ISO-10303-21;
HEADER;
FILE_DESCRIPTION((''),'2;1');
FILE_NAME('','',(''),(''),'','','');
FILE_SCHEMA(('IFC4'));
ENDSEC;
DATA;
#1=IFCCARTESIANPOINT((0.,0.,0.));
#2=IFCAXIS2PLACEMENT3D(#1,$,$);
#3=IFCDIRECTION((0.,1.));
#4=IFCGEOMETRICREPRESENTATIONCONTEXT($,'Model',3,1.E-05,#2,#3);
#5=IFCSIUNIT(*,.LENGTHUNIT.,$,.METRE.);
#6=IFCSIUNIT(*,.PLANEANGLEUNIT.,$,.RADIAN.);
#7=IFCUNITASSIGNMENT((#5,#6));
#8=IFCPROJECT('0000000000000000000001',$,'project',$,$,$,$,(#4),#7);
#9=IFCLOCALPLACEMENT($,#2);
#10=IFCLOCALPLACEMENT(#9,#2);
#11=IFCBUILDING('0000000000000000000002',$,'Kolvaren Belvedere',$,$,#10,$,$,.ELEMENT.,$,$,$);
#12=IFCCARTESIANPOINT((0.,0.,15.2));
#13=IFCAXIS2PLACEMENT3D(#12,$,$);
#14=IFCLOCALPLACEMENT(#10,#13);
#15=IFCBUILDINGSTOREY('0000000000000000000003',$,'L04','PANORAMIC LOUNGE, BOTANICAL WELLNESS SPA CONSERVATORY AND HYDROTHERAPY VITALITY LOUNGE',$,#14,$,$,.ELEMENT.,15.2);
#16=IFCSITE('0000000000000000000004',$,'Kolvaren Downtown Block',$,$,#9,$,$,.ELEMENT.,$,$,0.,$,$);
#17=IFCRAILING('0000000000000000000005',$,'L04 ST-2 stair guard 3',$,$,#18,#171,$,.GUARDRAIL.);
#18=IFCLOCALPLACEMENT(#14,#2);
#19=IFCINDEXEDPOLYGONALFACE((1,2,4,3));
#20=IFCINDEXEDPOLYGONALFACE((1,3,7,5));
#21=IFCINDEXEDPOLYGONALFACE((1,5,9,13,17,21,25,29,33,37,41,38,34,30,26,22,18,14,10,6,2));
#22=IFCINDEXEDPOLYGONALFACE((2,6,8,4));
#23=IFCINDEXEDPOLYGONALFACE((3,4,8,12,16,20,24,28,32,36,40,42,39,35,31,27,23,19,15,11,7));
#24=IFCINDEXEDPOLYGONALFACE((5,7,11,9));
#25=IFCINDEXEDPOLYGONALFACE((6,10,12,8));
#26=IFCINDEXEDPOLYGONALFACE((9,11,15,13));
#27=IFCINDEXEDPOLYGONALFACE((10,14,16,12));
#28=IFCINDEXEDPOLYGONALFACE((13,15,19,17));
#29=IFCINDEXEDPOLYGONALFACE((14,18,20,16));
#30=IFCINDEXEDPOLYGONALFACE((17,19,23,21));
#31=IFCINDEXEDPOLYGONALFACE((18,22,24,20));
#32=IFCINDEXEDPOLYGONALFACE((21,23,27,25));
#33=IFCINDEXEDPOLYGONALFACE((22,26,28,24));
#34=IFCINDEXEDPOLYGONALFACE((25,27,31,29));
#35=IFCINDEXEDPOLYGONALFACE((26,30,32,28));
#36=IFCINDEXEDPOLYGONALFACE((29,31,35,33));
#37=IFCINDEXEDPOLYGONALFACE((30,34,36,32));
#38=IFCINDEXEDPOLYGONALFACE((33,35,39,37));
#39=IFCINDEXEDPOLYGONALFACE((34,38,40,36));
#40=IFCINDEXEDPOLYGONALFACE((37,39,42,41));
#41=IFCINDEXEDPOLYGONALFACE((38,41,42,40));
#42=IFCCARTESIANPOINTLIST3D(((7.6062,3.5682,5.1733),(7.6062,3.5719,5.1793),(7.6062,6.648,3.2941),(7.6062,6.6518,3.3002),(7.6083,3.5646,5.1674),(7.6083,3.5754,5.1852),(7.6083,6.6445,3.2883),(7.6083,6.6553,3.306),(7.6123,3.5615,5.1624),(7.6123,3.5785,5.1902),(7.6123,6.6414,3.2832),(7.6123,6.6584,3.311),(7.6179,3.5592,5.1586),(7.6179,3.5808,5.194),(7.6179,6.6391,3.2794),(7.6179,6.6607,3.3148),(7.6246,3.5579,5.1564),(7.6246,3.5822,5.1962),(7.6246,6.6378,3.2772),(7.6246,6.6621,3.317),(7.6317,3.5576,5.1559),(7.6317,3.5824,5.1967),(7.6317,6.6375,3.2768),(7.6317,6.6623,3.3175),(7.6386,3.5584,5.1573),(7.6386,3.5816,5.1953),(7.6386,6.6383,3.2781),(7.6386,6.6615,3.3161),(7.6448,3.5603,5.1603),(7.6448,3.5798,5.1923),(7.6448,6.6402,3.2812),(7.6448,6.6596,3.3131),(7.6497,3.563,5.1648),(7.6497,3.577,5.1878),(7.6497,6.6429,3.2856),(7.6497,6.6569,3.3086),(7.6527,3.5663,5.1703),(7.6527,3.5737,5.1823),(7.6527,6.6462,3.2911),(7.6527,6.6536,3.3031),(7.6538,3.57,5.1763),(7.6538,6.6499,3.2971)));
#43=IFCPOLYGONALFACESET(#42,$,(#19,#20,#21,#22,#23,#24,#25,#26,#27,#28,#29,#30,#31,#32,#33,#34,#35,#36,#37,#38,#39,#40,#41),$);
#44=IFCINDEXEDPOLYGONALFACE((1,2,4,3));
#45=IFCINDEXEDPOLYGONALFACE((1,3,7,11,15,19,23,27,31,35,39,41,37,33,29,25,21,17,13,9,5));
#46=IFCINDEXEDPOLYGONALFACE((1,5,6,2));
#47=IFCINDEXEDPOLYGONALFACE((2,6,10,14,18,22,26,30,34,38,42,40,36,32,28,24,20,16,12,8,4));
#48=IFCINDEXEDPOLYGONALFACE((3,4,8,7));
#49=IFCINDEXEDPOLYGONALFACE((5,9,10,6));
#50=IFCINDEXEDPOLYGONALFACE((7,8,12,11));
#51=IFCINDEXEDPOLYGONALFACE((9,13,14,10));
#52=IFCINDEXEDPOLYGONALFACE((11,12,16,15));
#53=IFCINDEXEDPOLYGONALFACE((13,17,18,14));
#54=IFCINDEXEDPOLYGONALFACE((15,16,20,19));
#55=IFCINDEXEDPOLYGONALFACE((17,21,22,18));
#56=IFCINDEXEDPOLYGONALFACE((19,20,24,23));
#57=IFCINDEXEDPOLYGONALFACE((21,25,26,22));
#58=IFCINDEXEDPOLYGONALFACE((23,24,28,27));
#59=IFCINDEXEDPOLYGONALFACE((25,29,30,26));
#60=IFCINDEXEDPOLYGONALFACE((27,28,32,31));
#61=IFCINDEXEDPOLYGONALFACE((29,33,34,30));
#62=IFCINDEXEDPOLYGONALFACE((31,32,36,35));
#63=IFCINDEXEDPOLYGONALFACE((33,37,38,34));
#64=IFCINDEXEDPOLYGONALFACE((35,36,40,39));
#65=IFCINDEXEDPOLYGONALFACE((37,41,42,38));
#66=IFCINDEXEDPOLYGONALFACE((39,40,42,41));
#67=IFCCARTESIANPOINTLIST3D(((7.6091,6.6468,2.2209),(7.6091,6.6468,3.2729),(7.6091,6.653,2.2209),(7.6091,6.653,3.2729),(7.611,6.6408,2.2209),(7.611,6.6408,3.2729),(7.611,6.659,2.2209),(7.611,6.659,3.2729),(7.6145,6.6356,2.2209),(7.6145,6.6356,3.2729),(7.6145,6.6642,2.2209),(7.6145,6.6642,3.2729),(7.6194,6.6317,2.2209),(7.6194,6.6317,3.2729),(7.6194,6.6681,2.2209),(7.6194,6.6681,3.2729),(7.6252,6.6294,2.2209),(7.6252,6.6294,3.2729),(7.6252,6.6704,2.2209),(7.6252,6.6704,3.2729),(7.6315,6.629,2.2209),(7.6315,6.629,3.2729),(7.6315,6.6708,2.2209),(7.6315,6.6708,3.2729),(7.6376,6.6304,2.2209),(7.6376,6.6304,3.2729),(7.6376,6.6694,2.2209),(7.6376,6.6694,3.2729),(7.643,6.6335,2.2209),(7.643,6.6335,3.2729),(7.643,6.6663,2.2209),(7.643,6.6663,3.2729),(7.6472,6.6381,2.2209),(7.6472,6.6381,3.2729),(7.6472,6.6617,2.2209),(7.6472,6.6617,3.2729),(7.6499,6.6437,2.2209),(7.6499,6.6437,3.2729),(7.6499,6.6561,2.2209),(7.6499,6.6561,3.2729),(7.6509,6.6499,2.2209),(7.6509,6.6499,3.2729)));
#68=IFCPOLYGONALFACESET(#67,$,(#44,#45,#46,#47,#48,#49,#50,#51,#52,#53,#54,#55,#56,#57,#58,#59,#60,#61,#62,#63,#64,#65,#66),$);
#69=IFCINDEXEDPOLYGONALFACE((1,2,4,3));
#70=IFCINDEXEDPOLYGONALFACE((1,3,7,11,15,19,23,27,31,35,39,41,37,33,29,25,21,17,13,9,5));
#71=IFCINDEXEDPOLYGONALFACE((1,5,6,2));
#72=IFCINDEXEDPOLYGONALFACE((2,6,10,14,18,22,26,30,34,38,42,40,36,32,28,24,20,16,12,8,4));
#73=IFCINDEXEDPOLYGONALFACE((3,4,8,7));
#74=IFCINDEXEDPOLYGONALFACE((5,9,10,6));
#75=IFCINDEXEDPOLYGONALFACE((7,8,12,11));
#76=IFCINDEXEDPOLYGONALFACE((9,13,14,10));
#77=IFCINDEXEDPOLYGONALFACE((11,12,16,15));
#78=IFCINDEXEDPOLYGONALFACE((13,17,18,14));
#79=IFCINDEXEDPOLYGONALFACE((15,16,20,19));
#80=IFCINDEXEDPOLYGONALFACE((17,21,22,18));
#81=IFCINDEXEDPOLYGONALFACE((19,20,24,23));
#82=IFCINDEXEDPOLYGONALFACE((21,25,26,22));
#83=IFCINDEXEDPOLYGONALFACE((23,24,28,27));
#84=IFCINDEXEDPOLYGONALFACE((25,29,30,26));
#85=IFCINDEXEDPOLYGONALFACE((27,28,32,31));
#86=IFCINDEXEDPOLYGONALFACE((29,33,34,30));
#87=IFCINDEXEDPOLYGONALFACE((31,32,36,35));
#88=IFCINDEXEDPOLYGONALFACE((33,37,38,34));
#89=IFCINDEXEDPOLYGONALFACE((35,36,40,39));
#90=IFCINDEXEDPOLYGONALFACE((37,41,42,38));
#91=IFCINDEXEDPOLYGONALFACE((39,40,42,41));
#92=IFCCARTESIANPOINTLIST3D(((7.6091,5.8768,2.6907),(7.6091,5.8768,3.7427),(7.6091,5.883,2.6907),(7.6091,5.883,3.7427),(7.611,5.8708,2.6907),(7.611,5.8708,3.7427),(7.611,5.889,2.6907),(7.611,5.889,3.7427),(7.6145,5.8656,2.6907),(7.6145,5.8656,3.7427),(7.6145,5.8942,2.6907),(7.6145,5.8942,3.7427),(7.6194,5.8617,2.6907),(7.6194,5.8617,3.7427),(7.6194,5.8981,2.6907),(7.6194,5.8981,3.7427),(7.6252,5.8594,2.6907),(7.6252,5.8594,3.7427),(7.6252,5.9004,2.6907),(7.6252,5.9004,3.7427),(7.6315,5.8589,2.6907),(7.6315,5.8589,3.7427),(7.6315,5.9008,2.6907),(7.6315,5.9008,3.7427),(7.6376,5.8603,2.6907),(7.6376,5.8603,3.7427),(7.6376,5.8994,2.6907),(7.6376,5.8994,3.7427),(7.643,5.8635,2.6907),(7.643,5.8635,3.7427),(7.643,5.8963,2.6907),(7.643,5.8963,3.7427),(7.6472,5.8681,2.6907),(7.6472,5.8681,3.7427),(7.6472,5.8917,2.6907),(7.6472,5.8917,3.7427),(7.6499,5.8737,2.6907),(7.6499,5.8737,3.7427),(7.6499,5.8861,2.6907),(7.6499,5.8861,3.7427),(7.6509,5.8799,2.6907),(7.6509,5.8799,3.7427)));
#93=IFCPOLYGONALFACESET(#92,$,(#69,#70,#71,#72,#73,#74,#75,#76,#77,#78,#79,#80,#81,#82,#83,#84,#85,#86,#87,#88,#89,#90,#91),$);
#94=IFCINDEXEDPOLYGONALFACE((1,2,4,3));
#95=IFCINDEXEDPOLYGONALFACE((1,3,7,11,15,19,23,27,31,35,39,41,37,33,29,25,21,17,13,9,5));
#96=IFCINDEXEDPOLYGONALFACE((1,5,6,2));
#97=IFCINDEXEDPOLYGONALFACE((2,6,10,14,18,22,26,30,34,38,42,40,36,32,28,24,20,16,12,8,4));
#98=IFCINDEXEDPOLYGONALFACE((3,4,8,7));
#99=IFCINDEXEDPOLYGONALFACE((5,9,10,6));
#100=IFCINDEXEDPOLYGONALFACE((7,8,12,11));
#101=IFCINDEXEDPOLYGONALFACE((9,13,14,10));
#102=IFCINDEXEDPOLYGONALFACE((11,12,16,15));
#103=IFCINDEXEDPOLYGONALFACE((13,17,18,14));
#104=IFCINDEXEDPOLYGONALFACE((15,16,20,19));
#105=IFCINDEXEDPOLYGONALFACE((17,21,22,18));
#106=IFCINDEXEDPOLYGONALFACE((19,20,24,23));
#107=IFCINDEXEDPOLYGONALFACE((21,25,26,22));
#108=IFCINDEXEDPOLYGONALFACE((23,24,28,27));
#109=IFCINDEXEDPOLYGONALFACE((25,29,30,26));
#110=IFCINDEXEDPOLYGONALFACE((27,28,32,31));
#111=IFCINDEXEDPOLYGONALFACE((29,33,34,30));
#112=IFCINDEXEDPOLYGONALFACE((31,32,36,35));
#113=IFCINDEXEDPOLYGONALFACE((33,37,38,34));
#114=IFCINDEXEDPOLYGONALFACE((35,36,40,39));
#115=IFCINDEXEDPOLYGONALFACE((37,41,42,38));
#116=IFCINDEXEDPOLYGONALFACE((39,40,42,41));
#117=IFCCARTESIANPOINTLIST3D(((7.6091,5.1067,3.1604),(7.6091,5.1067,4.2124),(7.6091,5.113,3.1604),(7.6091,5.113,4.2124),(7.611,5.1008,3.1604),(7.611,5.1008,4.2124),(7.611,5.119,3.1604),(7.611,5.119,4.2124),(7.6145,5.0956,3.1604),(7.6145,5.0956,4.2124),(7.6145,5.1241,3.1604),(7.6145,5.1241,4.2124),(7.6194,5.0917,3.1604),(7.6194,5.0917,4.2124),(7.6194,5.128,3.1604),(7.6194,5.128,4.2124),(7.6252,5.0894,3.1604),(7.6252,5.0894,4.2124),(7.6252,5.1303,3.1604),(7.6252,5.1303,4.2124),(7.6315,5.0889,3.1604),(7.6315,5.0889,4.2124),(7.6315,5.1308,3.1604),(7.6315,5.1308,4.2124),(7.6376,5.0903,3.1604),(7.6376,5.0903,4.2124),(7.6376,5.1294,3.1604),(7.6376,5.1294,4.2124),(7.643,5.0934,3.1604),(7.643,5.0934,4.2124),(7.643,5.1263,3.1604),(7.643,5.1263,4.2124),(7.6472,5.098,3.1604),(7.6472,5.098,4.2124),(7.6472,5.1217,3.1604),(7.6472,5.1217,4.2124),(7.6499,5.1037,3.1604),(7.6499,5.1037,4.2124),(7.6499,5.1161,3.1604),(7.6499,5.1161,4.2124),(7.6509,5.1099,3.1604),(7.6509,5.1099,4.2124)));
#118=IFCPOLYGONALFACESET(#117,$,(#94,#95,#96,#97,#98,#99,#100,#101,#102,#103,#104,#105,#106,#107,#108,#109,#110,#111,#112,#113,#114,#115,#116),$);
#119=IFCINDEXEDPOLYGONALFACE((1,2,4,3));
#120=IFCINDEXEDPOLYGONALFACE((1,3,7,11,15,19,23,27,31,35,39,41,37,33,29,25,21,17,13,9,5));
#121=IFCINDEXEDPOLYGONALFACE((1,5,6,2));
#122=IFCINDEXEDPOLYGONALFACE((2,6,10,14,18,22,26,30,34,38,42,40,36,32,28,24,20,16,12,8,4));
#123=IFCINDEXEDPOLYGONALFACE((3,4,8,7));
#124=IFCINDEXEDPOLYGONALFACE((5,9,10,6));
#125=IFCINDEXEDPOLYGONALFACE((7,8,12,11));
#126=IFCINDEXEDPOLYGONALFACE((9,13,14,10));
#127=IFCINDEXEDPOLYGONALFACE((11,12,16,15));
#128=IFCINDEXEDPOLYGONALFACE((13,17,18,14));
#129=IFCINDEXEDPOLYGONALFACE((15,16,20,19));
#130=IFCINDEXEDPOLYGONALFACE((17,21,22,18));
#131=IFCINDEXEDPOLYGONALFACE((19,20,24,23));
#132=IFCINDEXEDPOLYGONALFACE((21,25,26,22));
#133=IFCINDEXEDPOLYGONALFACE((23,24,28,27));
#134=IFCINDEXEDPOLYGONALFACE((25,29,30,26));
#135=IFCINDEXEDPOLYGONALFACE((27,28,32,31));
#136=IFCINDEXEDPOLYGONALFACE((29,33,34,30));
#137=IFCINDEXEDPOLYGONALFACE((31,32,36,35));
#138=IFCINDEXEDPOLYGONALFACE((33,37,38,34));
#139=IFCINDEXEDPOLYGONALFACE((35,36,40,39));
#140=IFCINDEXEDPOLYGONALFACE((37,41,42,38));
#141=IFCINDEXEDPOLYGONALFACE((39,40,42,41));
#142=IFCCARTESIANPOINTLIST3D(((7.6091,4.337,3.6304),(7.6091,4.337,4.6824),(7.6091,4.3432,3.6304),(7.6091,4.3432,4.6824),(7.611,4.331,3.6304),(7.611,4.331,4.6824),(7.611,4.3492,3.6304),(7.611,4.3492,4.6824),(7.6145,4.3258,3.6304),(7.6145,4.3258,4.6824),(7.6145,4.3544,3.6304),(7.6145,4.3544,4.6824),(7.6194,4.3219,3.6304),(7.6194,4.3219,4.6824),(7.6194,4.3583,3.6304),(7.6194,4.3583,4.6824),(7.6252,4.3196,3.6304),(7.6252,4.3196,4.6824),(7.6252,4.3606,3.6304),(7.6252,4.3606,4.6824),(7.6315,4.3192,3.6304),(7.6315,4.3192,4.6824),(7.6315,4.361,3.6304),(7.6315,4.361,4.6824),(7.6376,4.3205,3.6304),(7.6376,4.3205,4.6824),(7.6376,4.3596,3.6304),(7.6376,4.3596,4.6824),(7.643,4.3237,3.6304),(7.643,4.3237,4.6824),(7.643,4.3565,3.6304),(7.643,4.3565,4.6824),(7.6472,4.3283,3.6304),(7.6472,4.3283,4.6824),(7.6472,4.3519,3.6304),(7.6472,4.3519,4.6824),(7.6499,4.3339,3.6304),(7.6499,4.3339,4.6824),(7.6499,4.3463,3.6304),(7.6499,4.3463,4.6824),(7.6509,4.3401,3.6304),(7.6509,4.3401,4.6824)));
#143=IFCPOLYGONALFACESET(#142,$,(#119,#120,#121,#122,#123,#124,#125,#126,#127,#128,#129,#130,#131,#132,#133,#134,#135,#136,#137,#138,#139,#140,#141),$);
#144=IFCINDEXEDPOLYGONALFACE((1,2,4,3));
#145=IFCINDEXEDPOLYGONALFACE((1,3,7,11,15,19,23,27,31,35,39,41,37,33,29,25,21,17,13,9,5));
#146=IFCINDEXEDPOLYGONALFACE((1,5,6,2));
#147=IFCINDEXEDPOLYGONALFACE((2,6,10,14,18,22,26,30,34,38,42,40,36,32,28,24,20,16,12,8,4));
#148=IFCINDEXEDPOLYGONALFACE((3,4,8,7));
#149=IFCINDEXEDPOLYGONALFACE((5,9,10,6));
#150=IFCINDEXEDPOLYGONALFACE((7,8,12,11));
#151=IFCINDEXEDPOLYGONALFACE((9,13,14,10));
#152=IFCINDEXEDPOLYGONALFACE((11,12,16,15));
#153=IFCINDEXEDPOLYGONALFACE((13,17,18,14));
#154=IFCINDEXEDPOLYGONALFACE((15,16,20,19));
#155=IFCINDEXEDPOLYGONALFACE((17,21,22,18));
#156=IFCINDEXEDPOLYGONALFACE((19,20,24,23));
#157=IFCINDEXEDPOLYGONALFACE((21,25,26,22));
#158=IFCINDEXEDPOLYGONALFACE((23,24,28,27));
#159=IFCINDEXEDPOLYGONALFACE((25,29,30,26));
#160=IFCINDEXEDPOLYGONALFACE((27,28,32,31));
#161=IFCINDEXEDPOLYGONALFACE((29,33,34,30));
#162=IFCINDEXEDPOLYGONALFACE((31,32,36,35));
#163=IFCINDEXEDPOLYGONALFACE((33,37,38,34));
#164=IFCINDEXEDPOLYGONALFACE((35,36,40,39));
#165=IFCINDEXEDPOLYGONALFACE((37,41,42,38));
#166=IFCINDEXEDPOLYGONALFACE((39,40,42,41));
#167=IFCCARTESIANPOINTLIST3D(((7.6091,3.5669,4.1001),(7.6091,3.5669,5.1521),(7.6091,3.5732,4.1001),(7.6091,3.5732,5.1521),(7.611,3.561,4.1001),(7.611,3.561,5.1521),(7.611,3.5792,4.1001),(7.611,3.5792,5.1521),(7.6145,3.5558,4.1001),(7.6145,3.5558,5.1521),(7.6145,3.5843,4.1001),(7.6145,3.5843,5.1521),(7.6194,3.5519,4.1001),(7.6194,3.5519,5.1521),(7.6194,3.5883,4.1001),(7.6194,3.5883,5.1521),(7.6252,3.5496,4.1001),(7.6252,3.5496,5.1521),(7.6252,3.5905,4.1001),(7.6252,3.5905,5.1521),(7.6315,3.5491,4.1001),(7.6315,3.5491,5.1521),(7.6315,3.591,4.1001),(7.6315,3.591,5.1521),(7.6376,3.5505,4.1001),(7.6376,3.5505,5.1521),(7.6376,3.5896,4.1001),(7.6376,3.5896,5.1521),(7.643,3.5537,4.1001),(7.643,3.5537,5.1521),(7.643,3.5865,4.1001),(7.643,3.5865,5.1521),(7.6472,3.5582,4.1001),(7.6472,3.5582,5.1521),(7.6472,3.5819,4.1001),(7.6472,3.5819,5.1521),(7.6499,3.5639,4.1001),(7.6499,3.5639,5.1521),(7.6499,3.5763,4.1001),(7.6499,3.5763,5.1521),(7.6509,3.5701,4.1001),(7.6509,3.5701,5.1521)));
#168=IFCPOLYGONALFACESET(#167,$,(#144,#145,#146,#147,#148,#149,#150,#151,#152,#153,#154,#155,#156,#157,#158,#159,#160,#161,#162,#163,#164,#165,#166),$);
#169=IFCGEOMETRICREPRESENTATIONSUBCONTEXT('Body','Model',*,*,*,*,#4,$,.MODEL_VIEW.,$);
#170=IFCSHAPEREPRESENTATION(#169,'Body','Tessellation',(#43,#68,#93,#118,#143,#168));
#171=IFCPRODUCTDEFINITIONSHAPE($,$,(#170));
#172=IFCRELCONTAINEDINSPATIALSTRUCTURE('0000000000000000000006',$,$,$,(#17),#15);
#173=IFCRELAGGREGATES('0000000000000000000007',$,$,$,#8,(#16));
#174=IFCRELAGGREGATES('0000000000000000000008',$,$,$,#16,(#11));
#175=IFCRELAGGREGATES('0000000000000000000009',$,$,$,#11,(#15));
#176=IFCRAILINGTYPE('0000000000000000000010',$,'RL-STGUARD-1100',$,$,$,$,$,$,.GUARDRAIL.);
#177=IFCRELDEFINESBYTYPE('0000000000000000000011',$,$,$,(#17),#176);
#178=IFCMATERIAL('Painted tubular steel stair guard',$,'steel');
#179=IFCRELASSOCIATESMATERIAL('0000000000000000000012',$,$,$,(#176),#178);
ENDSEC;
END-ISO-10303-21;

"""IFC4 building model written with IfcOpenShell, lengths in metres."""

from ifc_helpers import new_model, si_unit, direction, frame, origin, origin_2d, place, context, subcontext, project, spatial, circle, extrude, material, type_object, element, save


model = new_model("IFC4")

# Units and contexts
model_context = context("Model", 3, precision=1e-05, world=origin(), true_north=direction((0.0, 1.0)))
body_context = subcontext(model_context, "Body", "Model", "MODEL_VIEW")
ifc_project = project(units=[si_unit("LENGTHUNIT", "METRE"), si_unit("PLANEANGLEUNIT", "RADIAN")], contexts=[model_context])

# Site, building, storey
site_placement = place(None, origin())
site = spatial("IfcSite", under=ifc_project, at=site_placement, Name="Kolvaren Downtown Block", CompositionType="ELEMENT", RefElevation=0.0)
building_placement = place(site_placement, origin())
building = spatial("IfcBuilding", under=site, at=building_placement, Name="Kolvaren Belvedere", CompositionType="ELEMENT")
storey_placement = place(building_placement, frame((0.0, 0.0, 15.2)))
storey = spatial("IfcBuildingStorey", under=building, at=storey_placement, Name="L04", Description="PANORAMIC LOUNGE, BOTANICAL WELLNESS SPA CONSERVATORY AND HYDROTHERAPY VITALITY LOUNGE", CompositionType="ELEMENT", Elevation=15.2)

# Railing
ifc_material_1 = material(Name="Painted tubular steel stair guard", Category="steel")
railing_type_1 = type_object("IfcRailingType", Name="RL-STGUARD-1100", PredefinedType="GUARDRAIL", material=ifc_material_1)
railing_1_placement = place(storey_placement, frame((7.6299, 6.6499, 2.2209)))
element("IfcRailing", 1, at=railing_1_placement, inside=storey, type_object=railing_type_1, Name="L04 ST-2 stair guard 3", PredefinedType="GUARDRAIL", context=body_context, shape_type="SweptSolid", body=[
    extrude(circle(Radius=0.0239, at=origin_2d()), frame((0.0, 0.0, 1.0762), z_axis=(0.0, -0.853648, 0.52085), x_axis=(1.0, 0.0, 0.0)), (0.0, 0.0, 1.0), 3.6079),
    extrude(circle(Radius=0.021, at=origin_2d()), origin(), (0.0, 0.0, 1.0), 1.052),
    extrude(circle(Radius=0.021, at=origin_2d()), frame((0.0, -0.77, 0.4697)), (0.0, 0.0, 1.0), 1.052),
    extrude(circle(Radius=0.021, at=origin_2d()), frame((0.0, -1.54, 0.9395)), (0.0, 0.0, 1.0), 1.052),
    extrude(circle(Radius=0.021, at=origin_2d()), frame((0.0, -2.3098, 1.4094)), (0.0, 0.0, 1.0), 1.052),
    extrude(circle(Radius=0.021, at=origin_2d()), frame((0.0, -3.0798, 1.8792)), (0.0, 0.0, 1.0), 1.052),
])

save(model, "model.ifc")
